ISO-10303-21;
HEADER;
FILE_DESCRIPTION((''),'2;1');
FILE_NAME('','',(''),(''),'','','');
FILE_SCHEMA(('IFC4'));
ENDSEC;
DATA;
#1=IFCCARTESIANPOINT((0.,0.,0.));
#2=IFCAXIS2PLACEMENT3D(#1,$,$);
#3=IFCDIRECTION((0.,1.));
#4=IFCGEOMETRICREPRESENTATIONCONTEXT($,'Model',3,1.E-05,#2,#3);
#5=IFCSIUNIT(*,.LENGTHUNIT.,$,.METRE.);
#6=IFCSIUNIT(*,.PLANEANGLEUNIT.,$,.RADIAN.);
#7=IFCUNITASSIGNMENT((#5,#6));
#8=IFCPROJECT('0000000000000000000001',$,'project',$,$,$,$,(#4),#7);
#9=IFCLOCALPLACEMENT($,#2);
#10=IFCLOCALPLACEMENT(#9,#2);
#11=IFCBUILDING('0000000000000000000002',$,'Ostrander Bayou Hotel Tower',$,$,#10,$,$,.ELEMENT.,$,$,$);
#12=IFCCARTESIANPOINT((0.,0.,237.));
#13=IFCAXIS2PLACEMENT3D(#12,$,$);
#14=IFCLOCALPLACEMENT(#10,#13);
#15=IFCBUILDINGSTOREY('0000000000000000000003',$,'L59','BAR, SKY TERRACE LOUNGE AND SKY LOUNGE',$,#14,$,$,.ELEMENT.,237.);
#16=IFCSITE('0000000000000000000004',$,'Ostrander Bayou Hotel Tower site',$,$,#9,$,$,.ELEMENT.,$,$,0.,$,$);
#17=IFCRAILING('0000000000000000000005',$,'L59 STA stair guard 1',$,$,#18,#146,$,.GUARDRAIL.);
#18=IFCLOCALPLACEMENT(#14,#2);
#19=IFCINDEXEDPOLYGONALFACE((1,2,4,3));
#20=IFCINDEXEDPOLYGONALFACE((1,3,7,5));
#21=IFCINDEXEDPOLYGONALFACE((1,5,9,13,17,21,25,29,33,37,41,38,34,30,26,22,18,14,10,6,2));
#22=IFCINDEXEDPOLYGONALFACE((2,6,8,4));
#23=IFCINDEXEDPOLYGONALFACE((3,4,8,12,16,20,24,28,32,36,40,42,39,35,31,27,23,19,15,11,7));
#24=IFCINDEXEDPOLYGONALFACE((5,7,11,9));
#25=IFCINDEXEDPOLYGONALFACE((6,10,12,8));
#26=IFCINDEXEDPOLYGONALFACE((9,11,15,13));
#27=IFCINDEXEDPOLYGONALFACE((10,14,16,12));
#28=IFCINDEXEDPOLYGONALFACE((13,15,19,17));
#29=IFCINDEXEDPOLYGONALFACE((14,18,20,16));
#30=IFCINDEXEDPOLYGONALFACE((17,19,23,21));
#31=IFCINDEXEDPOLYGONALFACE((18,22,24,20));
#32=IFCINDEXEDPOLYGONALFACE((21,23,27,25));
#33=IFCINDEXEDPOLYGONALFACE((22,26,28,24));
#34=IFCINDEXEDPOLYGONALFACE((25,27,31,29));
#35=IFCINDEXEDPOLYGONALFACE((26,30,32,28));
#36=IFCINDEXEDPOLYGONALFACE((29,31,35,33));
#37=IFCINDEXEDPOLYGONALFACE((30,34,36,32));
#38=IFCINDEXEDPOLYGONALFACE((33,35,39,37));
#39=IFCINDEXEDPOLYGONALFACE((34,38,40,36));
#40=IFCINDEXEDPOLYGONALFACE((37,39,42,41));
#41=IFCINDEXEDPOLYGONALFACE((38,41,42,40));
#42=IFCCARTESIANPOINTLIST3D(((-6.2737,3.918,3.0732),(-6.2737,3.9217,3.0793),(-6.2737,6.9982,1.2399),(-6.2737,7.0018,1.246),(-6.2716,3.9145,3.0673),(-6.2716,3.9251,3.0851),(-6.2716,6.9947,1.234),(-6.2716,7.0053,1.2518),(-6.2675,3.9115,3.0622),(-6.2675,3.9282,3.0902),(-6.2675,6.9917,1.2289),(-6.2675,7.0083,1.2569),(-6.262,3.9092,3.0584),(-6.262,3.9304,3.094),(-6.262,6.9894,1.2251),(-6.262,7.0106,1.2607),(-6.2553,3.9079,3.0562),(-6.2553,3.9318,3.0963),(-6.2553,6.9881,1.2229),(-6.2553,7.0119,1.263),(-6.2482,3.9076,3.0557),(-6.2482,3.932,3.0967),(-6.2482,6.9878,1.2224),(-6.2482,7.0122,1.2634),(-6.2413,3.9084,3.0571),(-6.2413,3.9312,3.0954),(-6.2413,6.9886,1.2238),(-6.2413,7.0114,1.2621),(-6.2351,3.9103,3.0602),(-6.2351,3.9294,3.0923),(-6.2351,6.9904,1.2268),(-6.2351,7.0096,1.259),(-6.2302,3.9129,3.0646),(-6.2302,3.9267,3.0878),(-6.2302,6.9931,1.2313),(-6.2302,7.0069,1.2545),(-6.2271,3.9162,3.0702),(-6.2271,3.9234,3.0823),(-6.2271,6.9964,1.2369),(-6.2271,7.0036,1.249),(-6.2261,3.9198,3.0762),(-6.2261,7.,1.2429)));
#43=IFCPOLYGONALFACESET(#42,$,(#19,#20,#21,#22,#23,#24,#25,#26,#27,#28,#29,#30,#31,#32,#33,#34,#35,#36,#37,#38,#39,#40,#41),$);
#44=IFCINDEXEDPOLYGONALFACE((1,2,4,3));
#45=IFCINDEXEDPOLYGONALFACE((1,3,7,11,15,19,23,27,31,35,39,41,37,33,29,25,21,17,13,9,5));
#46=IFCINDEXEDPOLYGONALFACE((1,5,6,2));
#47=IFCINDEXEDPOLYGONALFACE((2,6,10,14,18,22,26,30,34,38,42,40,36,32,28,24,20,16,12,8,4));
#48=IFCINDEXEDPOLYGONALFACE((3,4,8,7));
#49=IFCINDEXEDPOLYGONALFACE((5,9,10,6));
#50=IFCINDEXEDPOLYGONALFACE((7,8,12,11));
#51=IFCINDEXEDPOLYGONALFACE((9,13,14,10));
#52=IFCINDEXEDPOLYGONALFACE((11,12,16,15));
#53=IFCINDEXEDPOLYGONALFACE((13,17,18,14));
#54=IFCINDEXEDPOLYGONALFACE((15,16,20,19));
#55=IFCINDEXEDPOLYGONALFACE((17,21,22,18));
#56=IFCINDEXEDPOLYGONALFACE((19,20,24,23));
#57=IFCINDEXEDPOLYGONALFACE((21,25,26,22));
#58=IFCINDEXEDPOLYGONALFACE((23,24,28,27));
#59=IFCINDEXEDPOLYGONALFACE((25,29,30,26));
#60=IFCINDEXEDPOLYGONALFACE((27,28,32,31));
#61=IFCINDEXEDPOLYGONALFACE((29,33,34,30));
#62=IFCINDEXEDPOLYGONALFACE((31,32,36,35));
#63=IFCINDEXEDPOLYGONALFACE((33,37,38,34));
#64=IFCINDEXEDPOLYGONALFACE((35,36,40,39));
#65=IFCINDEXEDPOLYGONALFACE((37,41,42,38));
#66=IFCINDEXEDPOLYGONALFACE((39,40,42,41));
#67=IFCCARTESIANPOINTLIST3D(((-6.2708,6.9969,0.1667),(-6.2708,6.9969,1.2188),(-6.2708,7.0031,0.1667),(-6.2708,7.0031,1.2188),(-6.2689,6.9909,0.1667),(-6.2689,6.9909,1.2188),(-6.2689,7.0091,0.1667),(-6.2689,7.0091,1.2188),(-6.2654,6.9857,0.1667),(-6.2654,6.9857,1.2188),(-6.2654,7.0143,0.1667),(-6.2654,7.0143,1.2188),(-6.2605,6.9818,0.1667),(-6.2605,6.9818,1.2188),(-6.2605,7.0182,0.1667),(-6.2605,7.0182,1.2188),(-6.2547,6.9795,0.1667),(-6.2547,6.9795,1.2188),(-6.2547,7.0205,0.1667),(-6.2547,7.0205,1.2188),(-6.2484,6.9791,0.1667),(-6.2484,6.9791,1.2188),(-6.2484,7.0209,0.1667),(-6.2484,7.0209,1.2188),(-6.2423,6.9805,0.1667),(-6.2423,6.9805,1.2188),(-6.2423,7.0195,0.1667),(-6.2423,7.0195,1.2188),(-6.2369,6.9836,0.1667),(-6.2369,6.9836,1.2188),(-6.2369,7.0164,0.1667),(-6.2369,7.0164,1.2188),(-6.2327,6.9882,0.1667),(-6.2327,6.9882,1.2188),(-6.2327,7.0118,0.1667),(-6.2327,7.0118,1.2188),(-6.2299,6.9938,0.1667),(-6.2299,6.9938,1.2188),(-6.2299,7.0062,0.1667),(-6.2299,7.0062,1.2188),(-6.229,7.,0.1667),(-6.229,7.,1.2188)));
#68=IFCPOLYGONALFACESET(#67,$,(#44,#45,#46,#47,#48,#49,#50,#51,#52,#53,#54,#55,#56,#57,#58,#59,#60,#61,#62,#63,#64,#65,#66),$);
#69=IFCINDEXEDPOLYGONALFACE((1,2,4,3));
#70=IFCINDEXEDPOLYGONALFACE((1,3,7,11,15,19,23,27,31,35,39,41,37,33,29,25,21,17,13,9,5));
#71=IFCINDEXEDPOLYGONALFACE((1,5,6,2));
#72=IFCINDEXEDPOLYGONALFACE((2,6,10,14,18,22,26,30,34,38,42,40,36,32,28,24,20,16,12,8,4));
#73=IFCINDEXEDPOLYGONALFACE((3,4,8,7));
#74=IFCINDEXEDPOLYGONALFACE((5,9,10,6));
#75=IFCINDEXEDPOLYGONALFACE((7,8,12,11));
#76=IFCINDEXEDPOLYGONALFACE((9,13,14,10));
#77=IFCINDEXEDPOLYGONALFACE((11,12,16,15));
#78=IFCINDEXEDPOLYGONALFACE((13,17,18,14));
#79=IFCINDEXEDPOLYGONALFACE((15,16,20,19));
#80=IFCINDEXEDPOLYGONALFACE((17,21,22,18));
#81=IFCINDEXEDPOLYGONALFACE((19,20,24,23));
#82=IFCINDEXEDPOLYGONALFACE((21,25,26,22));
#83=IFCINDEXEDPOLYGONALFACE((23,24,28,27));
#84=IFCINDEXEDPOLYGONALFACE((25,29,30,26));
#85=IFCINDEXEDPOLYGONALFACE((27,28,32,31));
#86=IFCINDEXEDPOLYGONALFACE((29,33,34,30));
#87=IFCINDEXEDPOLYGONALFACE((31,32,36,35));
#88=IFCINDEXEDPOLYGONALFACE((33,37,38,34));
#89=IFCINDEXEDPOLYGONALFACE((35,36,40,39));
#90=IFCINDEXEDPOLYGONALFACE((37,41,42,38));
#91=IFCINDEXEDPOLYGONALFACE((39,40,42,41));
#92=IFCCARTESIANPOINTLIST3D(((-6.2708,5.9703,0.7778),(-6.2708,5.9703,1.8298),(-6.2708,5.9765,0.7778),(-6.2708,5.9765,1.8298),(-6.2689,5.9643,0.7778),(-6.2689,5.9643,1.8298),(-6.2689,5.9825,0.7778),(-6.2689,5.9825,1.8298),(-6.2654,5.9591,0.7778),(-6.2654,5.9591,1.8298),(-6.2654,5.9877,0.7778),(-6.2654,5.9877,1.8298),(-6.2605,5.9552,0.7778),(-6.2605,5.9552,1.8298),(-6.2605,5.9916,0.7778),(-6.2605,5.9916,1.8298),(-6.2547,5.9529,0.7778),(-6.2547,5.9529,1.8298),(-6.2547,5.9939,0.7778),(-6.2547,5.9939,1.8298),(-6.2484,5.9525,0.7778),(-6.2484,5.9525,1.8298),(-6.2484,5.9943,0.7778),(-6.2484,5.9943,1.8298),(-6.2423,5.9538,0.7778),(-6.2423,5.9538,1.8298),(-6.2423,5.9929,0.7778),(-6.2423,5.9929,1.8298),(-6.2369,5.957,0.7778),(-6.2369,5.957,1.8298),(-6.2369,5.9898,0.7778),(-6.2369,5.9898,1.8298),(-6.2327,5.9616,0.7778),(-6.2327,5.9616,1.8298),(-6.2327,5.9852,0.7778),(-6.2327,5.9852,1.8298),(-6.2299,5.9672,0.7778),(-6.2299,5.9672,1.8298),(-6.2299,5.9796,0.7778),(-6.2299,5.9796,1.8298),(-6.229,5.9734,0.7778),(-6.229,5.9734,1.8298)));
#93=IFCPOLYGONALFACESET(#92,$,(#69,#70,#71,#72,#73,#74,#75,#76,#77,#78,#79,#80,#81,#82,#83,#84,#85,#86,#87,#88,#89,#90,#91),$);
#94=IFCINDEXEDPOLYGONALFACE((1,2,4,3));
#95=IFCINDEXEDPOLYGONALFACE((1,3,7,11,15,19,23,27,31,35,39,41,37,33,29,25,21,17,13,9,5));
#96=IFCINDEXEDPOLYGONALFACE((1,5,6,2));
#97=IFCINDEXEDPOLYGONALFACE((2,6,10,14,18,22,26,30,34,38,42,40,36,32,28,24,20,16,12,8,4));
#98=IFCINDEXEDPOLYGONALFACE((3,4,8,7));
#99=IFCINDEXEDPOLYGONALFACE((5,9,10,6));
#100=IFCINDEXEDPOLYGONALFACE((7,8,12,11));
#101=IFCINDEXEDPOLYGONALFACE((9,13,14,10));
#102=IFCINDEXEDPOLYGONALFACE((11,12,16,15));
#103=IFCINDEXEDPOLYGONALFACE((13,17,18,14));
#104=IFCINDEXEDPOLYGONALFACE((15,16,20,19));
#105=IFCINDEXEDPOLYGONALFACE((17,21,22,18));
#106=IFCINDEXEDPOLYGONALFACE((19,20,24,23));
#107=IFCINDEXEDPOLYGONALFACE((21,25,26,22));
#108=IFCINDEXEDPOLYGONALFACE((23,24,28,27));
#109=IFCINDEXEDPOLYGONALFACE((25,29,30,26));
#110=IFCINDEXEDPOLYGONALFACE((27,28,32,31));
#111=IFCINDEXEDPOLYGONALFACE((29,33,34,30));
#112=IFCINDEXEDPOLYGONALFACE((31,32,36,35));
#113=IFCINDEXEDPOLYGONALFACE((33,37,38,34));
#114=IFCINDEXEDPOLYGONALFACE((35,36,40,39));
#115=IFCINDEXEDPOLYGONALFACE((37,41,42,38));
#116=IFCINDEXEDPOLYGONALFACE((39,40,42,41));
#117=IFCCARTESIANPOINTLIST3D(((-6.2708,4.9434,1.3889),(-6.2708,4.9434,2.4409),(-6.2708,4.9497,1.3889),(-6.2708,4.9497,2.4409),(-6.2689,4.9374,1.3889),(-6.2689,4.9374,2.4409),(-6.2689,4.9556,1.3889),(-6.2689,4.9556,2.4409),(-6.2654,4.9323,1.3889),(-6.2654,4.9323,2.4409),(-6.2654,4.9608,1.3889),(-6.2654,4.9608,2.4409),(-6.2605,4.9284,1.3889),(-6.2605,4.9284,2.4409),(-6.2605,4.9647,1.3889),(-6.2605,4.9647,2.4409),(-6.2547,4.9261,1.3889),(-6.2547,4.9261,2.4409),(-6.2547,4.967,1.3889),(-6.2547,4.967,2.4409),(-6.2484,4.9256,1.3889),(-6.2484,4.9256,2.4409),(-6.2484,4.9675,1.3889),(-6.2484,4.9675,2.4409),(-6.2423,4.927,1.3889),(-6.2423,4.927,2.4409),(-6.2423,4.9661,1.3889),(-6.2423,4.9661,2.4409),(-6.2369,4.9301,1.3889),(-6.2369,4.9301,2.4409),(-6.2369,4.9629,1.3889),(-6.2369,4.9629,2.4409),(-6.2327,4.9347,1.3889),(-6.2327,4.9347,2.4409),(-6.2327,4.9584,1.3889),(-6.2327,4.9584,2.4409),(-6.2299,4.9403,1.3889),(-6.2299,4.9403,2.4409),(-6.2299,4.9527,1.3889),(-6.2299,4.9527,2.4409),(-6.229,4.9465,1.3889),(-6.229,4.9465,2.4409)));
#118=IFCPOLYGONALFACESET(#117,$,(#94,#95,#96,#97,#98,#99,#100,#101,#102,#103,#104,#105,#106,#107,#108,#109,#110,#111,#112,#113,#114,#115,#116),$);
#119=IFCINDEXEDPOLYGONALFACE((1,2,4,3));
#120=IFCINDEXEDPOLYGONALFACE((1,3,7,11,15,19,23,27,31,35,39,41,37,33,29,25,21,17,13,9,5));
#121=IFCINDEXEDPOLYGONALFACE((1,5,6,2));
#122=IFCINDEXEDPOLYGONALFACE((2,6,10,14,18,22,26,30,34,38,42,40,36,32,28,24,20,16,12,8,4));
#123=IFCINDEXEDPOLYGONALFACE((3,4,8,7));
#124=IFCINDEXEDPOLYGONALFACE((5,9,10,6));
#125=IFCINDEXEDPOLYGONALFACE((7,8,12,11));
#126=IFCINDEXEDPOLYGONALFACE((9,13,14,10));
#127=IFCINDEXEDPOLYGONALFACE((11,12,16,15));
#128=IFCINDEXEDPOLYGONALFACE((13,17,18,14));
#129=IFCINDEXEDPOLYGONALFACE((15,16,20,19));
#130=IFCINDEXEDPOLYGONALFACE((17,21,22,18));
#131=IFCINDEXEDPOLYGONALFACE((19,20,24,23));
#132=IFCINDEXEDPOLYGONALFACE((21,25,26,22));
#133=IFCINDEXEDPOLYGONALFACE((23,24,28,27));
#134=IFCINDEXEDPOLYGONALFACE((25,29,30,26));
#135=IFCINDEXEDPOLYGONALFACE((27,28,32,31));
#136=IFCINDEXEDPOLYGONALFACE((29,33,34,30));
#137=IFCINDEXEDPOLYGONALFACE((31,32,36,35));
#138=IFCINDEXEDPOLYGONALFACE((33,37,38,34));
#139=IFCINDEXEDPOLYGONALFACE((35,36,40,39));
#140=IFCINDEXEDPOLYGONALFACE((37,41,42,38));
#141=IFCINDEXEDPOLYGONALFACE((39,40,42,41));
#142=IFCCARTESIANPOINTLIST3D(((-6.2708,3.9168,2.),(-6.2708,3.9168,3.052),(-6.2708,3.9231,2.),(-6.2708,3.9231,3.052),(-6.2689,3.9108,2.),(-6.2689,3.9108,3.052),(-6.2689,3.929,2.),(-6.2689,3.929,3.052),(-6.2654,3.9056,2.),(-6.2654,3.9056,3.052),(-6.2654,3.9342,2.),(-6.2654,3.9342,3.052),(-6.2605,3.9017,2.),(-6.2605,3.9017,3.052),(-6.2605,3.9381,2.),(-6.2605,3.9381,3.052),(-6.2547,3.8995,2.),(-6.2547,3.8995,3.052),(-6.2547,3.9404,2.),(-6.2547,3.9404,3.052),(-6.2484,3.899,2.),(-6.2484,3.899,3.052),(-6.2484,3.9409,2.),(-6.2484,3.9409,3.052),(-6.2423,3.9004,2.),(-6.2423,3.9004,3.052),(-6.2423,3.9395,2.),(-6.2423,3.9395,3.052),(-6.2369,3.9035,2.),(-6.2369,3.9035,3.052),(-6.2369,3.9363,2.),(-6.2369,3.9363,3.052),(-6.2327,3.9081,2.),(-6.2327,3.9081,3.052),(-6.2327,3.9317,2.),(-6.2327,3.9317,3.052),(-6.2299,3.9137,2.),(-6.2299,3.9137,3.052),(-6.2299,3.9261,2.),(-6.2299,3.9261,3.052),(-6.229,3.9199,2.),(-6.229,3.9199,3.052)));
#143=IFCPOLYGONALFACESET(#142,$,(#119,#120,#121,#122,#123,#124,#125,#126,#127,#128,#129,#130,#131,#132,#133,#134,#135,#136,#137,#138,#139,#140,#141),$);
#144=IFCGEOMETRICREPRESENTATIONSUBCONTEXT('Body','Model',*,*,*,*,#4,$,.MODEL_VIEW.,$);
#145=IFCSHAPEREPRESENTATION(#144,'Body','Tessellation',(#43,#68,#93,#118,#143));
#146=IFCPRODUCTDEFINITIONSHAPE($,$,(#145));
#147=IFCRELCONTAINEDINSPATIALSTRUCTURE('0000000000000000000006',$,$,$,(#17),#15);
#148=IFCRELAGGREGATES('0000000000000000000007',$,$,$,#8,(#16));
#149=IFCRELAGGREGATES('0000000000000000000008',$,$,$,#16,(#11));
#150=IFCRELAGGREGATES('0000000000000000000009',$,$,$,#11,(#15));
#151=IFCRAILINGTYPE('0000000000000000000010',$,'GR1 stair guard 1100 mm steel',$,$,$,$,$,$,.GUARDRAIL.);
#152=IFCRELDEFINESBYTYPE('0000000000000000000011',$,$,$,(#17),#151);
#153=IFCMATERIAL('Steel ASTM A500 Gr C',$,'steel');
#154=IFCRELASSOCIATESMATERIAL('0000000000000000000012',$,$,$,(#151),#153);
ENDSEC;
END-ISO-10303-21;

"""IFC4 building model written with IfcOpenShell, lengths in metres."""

from ifc_helpers import new_model, si_unit, direction, frame, origin, origin_2d, place, context, subcontext, project, spatial, circle, extrude, material, type_object, element, save


model = new_model("IFC4")

# Units and contexts
model_context = context("Model", 3, precision=1e-05, world=origin(), true_north=direction((0.0, 1.0)))
body_context = subcontext(model_context, "Body", "Model", "MODEL_VIEW")
ifc_project = project(units=[si_unit("LENGTHUNIT", "METRE"), si_unit("PLANEANGLEUNIT", "RADIAN")], contexts=[model_context])

# Site, building, storey
site_placement = place(None, origin())
site = spatial("IfcSite", under=ifc_project, at=site_placement, Name="Ostrander Bayou Hotel Tower site", CompositionType="ELEMENT", RefElevation=0.0)
building_placement = place(site_placement, origin())
building = spatial("IfcBuilding", under=site, at=building_placement, Name="Ostrander Bayou Hotel Tower", CompositionType="ELEMENT")
storey_placement = place(building_placement, frame((0.0, 0.0, 237.0)))
storey = spatial("IfcBuildingStorey", under=building, at=storey_placement, Name="L59", Description="BAR, SKY TERRACE LOUNGE AND SKY LOUNGE", CompositionType="ELEMENT", Elevation=237.0)

# Railing
ifc_material_1 = material(Name="Steel ASTM A500 Gr C", Category="steel")
railing_type_1 = type_object("IfcRailingType", Name="GR1 stair guard 1100 mm steel", PredefinedType="GUARDRAIL", material=ifc_material_1)
railing_1_placement = place(storey_placement, frame((-6.25, 7.0, 0.1667)))
element("IfcRailing", 1, at=railing_1_placement, inside=storey, type_object=railing_type_1, Name="L59 STA stair guard 1", PredefinedType="GUARDRAIL", context=body_context, shape_type="SweptSolid", body=[
    extrude(circle(Radius=0.0239, at=origin_2d()), frame((0.0, 0.0, 1.0762), z_axis=(0.0, -0.859309, 0.511458), x_axis=(1.0, 0.0, 0.0)), (0.0, 0.0, 1.0), 3.5845),
    extrude(circle(Radius=0.021, at=origin_2d()), origin(), (0.0, 0.0, 1.0), 1.052),
    extrude(circle(Radius=0.021, at=origin_2d()), frame((0.0, -1.0266, 0.6111)), (0.0, 0.0, 1.0), 1.052),
    extrude(circle(Radius=0.021, at=origin_2d()), frame((0.0, -2.0535, 1.2222)), (0.0, 0.0, 1.0), 1.052),
    extrude(circle(Radius=0.021, at=origin_2d()), frame((0.0, -3.0801, 1.8333)), (0.0, 0.0, 1.0), 1.052),
])

save(model, "model.ifc")
